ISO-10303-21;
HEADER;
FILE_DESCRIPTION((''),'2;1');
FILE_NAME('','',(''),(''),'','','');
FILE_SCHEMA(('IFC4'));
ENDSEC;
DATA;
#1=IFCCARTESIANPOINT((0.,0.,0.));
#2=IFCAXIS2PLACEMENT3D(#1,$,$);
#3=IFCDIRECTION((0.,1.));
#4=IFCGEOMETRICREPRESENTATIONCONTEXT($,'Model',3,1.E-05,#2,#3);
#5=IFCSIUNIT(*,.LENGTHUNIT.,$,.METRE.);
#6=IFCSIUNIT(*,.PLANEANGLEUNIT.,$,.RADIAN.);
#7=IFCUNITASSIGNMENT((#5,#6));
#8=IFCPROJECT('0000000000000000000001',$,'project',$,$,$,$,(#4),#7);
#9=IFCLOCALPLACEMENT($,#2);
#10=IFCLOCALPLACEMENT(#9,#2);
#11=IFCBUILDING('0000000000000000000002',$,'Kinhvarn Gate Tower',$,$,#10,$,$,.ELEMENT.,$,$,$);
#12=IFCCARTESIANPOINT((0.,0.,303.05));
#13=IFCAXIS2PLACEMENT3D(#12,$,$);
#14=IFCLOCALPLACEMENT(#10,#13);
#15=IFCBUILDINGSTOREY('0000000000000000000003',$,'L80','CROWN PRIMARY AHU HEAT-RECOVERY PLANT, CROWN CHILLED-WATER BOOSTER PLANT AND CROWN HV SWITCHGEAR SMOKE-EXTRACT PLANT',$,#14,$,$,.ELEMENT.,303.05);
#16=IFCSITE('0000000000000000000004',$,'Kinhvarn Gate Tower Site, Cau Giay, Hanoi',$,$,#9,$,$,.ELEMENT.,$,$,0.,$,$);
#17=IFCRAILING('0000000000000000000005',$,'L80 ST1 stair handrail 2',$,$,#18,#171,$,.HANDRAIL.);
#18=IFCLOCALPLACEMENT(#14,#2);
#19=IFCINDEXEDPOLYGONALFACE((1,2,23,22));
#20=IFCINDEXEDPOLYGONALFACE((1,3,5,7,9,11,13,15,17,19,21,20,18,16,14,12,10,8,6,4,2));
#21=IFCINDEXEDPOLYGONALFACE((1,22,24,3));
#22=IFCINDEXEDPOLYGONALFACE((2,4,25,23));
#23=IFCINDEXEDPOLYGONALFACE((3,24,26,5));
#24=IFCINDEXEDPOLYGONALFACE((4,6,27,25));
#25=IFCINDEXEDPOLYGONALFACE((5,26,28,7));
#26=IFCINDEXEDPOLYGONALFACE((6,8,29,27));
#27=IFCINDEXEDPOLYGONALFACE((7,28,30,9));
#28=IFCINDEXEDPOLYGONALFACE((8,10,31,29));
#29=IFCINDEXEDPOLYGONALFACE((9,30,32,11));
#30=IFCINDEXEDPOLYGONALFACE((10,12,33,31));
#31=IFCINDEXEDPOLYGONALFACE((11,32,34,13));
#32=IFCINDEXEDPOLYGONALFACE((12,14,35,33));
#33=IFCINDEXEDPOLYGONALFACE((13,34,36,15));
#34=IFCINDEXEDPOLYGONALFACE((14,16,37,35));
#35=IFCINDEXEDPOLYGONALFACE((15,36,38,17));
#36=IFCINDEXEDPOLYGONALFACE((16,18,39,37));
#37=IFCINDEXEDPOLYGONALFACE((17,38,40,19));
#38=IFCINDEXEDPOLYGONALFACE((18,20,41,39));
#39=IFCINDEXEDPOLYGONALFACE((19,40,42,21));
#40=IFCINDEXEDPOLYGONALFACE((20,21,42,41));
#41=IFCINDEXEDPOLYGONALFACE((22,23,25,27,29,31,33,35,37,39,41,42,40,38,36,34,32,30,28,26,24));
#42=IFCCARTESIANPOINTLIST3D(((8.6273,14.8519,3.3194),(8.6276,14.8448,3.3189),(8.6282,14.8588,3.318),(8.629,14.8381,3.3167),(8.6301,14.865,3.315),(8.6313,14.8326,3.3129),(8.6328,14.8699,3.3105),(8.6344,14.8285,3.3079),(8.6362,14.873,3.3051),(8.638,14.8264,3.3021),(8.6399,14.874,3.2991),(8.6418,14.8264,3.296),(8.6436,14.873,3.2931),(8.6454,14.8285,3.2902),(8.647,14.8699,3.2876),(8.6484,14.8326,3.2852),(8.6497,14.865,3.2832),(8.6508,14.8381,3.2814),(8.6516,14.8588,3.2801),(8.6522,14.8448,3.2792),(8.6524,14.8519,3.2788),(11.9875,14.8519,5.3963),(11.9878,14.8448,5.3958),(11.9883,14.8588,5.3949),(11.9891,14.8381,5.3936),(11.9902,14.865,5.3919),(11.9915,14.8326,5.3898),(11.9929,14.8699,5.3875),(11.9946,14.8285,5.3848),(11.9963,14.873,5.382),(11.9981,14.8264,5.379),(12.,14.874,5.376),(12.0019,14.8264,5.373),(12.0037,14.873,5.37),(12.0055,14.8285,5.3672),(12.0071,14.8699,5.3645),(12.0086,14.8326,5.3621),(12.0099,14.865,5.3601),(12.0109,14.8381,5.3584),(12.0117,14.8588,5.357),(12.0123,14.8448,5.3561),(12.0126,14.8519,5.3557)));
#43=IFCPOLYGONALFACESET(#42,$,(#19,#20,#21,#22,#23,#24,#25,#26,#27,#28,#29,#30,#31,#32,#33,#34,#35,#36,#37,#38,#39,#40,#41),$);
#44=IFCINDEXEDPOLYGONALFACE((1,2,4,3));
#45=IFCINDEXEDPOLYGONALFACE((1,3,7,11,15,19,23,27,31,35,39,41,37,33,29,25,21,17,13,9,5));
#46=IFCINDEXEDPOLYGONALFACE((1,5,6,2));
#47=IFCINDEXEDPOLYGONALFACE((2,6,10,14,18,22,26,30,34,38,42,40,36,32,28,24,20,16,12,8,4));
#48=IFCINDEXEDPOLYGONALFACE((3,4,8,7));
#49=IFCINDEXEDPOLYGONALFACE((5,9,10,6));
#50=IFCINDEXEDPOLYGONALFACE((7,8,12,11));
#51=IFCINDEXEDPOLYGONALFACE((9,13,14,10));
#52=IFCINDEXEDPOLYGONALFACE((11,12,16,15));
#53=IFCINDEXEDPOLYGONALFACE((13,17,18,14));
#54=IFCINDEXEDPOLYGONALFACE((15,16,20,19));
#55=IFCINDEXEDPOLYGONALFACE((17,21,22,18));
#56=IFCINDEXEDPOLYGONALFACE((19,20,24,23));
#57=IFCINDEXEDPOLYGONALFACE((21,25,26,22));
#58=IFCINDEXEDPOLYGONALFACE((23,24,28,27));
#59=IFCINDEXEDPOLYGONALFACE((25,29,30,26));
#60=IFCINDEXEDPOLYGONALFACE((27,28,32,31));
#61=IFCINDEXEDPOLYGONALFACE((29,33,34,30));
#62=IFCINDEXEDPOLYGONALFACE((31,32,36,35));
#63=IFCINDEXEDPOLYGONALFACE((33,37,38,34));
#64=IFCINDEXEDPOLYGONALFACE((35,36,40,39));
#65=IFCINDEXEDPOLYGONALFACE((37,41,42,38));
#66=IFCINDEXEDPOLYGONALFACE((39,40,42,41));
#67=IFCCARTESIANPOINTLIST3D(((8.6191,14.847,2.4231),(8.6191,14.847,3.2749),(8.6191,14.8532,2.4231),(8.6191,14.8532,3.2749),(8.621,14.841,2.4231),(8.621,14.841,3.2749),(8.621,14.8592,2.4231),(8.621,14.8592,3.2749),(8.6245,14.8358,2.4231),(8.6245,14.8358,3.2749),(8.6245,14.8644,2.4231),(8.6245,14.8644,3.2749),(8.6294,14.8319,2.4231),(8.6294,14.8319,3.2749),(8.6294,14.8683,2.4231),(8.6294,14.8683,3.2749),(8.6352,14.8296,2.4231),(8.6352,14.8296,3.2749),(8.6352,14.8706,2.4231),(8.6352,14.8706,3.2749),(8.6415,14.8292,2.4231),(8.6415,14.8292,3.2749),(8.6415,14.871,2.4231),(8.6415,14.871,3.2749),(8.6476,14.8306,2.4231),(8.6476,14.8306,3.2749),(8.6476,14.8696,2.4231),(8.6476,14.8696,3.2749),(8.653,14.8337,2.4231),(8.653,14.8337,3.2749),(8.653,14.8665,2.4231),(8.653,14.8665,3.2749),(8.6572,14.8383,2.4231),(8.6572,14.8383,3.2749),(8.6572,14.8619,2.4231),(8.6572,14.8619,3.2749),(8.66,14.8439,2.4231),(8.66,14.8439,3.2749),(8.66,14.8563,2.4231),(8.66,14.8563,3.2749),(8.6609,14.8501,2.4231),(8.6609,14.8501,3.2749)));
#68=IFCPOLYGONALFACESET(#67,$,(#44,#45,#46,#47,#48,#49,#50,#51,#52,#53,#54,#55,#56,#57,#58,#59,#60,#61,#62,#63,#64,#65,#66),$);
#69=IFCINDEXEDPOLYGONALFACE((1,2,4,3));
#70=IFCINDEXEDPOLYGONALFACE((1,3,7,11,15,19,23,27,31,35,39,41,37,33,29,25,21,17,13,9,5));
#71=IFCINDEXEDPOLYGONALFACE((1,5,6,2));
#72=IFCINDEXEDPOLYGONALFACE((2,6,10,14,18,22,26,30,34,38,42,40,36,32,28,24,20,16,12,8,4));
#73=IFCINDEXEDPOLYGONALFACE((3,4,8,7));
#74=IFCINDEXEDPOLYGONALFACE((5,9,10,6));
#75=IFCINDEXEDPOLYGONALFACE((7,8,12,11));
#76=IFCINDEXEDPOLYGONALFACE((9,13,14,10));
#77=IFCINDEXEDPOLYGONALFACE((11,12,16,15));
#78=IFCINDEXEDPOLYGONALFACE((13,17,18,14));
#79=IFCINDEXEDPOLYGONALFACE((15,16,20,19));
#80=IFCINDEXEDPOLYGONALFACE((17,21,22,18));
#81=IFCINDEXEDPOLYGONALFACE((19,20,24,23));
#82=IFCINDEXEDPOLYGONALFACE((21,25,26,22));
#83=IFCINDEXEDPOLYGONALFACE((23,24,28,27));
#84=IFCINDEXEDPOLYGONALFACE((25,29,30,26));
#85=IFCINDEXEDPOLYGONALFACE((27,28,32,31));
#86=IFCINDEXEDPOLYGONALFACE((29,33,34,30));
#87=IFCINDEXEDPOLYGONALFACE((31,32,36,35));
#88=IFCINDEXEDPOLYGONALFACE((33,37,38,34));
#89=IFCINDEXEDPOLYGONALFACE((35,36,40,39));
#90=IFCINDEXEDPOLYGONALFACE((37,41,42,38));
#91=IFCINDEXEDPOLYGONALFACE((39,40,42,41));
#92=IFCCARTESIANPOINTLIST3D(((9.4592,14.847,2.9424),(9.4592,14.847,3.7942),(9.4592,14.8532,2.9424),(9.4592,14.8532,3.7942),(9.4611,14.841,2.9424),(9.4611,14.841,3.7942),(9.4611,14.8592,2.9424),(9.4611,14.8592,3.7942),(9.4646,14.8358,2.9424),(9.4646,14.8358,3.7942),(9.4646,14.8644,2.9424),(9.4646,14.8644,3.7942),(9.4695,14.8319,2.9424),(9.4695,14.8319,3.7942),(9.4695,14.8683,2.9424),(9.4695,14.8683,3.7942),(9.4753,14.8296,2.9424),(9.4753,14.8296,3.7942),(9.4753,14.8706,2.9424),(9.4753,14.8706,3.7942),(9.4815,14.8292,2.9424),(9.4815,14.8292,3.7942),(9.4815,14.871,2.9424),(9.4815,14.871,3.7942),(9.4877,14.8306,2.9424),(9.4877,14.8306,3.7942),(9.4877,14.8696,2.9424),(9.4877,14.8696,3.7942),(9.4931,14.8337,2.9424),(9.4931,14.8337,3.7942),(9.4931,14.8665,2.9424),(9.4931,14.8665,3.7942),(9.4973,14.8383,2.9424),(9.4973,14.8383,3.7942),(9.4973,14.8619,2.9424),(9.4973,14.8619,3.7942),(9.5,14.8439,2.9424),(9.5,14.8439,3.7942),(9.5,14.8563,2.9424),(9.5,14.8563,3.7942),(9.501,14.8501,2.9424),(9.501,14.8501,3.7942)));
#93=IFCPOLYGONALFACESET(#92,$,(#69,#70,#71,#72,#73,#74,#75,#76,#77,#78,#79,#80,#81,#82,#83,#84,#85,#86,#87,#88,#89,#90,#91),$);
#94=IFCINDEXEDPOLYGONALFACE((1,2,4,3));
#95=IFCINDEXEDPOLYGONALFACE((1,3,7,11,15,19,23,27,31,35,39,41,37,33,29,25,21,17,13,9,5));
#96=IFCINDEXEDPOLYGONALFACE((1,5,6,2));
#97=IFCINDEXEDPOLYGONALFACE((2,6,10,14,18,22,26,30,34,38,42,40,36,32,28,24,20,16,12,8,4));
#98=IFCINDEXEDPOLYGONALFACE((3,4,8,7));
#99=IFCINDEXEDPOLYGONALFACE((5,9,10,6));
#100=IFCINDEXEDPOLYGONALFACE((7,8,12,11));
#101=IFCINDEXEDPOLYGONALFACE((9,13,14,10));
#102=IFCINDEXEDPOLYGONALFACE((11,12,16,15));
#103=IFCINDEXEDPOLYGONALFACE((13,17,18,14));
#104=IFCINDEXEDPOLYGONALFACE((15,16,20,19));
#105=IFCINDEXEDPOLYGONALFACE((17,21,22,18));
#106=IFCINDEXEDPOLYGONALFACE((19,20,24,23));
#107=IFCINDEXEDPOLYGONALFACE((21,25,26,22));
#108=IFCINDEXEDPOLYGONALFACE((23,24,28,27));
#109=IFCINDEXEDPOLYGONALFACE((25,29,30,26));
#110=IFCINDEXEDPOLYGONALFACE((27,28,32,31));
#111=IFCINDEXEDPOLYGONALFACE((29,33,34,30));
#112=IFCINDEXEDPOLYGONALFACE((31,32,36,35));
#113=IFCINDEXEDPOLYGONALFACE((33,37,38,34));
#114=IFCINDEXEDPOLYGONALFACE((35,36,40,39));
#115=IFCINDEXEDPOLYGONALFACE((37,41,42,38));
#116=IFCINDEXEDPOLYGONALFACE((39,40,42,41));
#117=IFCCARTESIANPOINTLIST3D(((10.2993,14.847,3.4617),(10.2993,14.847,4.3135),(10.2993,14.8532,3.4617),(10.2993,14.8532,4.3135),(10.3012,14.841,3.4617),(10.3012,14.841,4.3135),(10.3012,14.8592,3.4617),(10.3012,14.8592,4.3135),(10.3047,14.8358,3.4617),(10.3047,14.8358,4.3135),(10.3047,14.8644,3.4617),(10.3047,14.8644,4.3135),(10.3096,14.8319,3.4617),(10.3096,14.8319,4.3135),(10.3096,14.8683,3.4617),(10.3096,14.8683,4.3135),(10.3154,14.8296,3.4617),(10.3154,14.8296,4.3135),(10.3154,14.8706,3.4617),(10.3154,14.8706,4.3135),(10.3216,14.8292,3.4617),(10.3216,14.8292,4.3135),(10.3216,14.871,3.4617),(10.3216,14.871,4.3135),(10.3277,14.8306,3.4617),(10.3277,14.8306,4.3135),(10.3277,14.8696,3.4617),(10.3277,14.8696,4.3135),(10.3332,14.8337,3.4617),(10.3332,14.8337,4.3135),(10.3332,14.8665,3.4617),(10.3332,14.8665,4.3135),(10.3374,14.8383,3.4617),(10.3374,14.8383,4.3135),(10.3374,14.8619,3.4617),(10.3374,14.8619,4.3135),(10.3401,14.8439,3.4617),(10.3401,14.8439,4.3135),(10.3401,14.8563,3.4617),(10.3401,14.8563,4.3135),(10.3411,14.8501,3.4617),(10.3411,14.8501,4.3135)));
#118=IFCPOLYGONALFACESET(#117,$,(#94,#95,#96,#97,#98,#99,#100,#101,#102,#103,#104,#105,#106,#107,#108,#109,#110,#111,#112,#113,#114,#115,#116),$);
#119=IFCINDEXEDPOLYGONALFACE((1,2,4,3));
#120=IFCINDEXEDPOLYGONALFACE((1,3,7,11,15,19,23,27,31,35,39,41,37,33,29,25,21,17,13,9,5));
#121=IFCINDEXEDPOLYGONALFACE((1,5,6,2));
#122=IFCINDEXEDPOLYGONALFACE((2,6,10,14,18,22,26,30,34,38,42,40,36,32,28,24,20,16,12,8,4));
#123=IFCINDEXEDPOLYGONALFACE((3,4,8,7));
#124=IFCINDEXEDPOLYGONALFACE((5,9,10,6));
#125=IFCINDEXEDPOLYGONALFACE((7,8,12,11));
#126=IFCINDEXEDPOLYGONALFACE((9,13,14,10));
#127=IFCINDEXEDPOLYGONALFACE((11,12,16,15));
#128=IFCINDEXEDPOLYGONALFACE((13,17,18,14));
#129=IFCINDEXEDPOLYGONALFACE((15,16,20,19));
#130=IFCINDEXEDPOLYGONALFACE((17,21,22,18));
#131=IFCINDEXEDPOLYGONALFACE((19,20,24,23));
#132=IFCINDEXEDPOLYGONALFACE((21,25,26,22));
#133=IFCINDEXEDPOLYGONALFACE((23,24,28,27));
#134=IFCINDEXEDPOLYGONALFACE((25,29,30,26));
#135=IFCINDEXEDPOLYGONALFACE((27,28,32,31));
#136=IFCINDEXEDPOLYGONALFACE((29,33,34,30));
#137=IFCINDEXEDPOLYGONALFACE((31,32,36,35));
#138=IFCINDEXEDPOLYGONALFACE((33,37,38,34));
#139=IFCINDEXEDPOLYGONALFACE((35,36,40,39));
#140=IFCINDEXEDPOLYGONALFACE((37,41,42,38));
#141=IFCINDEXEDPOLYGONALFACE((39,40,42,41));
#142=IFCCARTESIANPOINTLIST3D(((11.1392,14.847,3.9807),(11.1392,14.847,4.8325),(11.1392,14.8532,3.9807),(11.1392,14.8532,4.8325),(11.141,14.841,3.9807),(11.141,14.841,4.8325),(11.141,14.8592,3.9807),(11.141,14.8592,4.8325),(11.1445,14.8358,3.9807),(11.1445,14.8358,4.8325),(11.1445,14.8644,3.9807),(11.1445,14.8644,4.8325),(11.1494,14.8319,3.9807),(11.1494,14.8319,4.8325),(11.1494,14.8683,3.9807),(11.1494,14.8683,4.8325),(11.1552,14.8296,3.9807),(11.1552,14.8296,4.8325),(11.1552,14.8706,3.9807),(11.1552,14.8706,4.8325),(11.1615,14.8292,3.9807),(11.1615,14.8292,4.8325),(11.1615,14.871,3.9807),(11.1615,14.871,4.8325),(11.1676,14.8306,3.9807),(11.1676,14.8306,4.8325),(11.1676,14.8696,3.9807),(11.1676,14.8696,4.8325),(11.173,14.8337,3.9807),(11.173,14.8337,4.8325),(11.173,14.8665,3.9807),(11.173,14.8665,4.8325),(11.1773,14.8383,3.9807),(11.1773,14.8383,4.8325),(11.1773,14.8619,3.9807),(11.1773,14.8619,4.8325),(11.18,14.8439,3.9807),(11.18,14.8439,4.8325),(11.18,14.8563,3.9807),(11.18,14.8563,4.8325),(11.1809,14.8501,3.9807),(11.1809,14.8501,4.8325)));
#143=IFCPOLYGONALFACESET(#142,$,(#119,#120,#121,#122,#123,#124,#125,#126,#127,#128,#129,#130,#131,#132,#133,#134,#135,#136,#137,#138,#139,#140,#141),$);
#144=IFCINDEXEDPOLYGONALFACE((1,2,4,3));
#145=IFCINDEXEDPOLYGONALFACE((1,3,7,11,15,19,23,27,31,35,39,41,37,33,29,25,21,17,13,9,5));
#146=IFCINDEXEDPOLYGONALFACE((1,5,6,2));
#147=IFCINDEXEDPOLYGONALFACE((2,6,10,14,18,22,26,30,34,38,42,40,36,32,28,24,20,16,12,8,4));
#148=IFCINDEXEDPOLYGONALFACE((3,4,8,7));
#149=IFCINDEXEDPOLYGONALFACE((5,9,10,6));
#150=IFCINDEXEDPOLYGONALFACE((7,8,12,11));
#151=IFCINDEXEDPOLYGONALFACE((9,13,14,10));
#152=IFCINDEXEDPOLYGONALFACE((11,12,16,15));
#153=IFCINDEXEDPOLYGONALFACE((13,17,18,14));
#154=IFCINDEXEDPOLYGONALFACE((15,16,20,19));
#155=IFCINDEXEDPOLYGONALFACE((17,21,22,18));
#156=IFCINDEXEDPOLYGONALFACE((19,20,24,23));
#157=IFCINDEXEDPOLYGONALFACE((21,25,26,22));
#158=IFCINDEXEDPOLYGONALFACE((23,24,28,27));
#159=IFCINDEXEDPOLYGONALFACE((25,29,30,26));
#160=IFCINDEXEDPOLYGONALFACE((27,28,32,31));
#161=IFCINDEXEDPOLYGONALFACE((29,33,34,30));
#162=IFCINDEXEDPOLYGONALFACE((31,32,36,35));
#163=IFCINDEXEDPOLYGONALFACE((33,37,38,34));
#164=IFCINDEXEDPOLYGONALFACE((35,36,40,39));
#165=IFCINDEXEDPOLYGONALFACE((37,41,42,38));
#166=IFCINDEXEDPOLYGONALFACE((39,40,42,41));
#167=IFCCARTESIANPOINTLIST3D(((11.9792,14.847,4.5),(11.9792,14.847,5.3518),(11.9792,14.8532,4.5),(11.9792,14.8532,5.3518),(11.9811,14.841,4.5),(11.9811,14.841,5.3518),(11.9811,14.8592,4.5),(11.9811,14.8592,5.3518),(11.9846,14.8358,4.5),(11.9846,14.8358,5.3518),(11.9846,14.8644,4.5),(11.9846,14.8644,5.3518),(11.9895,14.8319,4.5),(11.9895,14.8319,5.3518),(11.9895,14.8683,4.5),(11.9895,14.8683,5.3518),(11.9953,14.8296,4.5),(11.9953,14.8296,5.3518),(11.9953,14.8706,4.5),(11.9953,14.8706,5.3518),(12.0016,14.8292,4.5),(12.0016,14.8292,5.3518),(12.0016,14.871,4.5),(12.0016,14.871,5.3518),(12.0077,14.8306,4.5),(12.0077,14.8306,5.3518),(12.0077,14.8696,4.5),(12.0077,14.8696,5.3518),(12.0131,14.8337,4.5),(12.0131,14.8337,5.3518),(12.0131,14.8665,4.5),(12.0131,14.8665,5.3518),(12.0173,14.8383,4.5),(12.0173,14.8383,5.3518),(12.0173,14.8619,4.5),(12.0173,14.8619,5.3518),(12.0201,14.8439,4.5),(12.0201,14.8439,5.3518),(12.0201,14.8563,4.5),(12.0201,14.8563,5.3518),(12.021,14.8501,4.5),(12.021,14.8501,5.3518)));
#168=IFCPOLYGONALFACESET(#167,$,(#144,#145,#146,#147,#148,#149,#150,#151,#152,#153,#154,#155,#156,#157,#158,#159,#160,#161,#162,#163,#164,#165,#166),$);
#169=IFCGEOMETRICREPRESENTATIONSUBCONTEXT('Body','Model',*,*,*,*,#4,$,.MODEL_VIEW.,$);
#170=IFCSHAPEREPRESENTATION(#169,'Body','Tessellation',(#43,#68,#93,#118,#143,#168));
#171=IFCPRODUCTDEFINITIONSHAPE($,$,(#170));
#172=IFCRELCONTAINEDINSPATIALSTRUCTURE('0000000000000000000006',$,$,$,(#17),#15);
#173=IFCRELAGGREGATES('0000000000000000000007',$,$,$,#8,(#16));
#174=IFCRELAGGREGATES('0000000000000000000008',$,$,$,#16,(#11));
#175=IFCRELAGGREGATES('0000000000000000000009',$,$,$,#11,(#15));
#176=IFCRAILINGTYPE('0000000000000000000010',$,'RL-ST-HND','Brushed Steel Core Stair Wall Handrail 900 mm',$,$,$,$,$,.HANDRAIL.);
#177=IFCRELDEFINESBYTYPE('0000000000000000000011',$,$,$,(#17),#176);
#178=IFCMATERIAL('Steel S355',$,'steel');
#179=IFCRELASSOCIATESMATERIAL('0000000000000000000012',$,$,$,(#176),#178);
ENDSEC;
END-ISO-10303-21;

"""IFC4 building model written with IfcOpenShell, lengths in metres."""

from ifc_helpers import new_model, si_unit, direction, frame, origin, origin_2d, place, context, subcontext, project, spatial, circle, extrude, material, type_object, element, save


model = new_model("IFC4")

# Units and contexts
model_context = context("Model", 3, precision=1e-05, world=origin(), true_north=direction((0.0, 1.0)))
body_context = subcontext(model_context, "Body", "Model", "MODEL_VIEW")
ifc_project = project(units=[si_unit("LENGTHUNIT", "METRE"), si_unit("PLANEANGLEUNIT", "RADIAN")], contexts=[model_context])

# Site, building, storey
site_placement = place(None, origin())
site = spatial("IfcSite", under=ifc_project, at=site_placement, Name="Kinhvarn Gate Tower Site, Cau Giay, Hanoi", CompositionType="ELEMENT", RefElevation=0.0)
building_placement = place(site_placement, origin())
building = spatial("IfcBuilding", under=site, at=building_placement, Name="Kinhvarn Gate Tower", CompositionType="ELEMENT")
storey_placement = place(building_placement, frame((0.0, 0.0, 303.05)))
storey = spatial("IfcBuildingStorey", under=building, at=storey_placement, Name="L80", Description="CROWN PRIMARY AHU HEAT-RECOVERY PLANT, CROWN CHILLED-WATER BOOSTER PLANT AND CROWN HV SWITCHGEAR SMOKE-EXTRACT PLANT", CompositionType="ELEMENT", Elevation=303.05)

# Railing
ifc_material_1 = material(Name="Steel S355", Category="steel")
railing_type_1 = type_object("IfcRailingType", Name="RL-ST-HND", Description="Brushed Steel Core Stair Wall Handrail 900 mm", PredefinedType="HANDRAIL", material=ifc_material_1)
railing_1_placement = place(storey_placement, frame((8.6399, 14.8501, 2.4231)))
element("IfcRailing", 1, at=railing_1_placement, inside=storey, type_object=railing_type_1, Name="L80 ST1 stair handrail 2", PredefinedType="HANDRAIL", context=body_context, shape_type="SweptSolid", body=[
    extrude(circle(Radius=0.0239, at=origin_2d()), frame((0.0, 0.0, 0.876), z_axis=(0.850623, 0.0, 0.525776), x_axis=(0.0, 1.0, 0.0)), (0.0, 0.0, 1.0), 3.9502),
    extrude(circle(Radius=0.021, at=origin_2d()), origin(), (0.0, 0.0, 1.0), 0.8518),
    extrude(circle(Radius=0.021, at=origin_2d()), frame((0.8401, 0.0, 0.5193)), (0.0, 0.0, 1.0), 0.8518),
    extrude(circle(Radius=0.021, at=origin_2d()), frame((1.6802, 0.0, 1.0386)), (0.0, 0.0, 1.0), 0.8518),
    extrude(circle(Radius=0.021, at=origin_2d()), frame((2.52, 0.0, 1.5576)), (0.0, 0.0, 1.0), 0.8518),
    extrude(circle(Radius=0.021, at=origin_2d()), frame((3.3601, 0.0, 2.0769)), (0.0, 0.0, 1.0), 0.8518),
])

save(model, "model.ifc")
